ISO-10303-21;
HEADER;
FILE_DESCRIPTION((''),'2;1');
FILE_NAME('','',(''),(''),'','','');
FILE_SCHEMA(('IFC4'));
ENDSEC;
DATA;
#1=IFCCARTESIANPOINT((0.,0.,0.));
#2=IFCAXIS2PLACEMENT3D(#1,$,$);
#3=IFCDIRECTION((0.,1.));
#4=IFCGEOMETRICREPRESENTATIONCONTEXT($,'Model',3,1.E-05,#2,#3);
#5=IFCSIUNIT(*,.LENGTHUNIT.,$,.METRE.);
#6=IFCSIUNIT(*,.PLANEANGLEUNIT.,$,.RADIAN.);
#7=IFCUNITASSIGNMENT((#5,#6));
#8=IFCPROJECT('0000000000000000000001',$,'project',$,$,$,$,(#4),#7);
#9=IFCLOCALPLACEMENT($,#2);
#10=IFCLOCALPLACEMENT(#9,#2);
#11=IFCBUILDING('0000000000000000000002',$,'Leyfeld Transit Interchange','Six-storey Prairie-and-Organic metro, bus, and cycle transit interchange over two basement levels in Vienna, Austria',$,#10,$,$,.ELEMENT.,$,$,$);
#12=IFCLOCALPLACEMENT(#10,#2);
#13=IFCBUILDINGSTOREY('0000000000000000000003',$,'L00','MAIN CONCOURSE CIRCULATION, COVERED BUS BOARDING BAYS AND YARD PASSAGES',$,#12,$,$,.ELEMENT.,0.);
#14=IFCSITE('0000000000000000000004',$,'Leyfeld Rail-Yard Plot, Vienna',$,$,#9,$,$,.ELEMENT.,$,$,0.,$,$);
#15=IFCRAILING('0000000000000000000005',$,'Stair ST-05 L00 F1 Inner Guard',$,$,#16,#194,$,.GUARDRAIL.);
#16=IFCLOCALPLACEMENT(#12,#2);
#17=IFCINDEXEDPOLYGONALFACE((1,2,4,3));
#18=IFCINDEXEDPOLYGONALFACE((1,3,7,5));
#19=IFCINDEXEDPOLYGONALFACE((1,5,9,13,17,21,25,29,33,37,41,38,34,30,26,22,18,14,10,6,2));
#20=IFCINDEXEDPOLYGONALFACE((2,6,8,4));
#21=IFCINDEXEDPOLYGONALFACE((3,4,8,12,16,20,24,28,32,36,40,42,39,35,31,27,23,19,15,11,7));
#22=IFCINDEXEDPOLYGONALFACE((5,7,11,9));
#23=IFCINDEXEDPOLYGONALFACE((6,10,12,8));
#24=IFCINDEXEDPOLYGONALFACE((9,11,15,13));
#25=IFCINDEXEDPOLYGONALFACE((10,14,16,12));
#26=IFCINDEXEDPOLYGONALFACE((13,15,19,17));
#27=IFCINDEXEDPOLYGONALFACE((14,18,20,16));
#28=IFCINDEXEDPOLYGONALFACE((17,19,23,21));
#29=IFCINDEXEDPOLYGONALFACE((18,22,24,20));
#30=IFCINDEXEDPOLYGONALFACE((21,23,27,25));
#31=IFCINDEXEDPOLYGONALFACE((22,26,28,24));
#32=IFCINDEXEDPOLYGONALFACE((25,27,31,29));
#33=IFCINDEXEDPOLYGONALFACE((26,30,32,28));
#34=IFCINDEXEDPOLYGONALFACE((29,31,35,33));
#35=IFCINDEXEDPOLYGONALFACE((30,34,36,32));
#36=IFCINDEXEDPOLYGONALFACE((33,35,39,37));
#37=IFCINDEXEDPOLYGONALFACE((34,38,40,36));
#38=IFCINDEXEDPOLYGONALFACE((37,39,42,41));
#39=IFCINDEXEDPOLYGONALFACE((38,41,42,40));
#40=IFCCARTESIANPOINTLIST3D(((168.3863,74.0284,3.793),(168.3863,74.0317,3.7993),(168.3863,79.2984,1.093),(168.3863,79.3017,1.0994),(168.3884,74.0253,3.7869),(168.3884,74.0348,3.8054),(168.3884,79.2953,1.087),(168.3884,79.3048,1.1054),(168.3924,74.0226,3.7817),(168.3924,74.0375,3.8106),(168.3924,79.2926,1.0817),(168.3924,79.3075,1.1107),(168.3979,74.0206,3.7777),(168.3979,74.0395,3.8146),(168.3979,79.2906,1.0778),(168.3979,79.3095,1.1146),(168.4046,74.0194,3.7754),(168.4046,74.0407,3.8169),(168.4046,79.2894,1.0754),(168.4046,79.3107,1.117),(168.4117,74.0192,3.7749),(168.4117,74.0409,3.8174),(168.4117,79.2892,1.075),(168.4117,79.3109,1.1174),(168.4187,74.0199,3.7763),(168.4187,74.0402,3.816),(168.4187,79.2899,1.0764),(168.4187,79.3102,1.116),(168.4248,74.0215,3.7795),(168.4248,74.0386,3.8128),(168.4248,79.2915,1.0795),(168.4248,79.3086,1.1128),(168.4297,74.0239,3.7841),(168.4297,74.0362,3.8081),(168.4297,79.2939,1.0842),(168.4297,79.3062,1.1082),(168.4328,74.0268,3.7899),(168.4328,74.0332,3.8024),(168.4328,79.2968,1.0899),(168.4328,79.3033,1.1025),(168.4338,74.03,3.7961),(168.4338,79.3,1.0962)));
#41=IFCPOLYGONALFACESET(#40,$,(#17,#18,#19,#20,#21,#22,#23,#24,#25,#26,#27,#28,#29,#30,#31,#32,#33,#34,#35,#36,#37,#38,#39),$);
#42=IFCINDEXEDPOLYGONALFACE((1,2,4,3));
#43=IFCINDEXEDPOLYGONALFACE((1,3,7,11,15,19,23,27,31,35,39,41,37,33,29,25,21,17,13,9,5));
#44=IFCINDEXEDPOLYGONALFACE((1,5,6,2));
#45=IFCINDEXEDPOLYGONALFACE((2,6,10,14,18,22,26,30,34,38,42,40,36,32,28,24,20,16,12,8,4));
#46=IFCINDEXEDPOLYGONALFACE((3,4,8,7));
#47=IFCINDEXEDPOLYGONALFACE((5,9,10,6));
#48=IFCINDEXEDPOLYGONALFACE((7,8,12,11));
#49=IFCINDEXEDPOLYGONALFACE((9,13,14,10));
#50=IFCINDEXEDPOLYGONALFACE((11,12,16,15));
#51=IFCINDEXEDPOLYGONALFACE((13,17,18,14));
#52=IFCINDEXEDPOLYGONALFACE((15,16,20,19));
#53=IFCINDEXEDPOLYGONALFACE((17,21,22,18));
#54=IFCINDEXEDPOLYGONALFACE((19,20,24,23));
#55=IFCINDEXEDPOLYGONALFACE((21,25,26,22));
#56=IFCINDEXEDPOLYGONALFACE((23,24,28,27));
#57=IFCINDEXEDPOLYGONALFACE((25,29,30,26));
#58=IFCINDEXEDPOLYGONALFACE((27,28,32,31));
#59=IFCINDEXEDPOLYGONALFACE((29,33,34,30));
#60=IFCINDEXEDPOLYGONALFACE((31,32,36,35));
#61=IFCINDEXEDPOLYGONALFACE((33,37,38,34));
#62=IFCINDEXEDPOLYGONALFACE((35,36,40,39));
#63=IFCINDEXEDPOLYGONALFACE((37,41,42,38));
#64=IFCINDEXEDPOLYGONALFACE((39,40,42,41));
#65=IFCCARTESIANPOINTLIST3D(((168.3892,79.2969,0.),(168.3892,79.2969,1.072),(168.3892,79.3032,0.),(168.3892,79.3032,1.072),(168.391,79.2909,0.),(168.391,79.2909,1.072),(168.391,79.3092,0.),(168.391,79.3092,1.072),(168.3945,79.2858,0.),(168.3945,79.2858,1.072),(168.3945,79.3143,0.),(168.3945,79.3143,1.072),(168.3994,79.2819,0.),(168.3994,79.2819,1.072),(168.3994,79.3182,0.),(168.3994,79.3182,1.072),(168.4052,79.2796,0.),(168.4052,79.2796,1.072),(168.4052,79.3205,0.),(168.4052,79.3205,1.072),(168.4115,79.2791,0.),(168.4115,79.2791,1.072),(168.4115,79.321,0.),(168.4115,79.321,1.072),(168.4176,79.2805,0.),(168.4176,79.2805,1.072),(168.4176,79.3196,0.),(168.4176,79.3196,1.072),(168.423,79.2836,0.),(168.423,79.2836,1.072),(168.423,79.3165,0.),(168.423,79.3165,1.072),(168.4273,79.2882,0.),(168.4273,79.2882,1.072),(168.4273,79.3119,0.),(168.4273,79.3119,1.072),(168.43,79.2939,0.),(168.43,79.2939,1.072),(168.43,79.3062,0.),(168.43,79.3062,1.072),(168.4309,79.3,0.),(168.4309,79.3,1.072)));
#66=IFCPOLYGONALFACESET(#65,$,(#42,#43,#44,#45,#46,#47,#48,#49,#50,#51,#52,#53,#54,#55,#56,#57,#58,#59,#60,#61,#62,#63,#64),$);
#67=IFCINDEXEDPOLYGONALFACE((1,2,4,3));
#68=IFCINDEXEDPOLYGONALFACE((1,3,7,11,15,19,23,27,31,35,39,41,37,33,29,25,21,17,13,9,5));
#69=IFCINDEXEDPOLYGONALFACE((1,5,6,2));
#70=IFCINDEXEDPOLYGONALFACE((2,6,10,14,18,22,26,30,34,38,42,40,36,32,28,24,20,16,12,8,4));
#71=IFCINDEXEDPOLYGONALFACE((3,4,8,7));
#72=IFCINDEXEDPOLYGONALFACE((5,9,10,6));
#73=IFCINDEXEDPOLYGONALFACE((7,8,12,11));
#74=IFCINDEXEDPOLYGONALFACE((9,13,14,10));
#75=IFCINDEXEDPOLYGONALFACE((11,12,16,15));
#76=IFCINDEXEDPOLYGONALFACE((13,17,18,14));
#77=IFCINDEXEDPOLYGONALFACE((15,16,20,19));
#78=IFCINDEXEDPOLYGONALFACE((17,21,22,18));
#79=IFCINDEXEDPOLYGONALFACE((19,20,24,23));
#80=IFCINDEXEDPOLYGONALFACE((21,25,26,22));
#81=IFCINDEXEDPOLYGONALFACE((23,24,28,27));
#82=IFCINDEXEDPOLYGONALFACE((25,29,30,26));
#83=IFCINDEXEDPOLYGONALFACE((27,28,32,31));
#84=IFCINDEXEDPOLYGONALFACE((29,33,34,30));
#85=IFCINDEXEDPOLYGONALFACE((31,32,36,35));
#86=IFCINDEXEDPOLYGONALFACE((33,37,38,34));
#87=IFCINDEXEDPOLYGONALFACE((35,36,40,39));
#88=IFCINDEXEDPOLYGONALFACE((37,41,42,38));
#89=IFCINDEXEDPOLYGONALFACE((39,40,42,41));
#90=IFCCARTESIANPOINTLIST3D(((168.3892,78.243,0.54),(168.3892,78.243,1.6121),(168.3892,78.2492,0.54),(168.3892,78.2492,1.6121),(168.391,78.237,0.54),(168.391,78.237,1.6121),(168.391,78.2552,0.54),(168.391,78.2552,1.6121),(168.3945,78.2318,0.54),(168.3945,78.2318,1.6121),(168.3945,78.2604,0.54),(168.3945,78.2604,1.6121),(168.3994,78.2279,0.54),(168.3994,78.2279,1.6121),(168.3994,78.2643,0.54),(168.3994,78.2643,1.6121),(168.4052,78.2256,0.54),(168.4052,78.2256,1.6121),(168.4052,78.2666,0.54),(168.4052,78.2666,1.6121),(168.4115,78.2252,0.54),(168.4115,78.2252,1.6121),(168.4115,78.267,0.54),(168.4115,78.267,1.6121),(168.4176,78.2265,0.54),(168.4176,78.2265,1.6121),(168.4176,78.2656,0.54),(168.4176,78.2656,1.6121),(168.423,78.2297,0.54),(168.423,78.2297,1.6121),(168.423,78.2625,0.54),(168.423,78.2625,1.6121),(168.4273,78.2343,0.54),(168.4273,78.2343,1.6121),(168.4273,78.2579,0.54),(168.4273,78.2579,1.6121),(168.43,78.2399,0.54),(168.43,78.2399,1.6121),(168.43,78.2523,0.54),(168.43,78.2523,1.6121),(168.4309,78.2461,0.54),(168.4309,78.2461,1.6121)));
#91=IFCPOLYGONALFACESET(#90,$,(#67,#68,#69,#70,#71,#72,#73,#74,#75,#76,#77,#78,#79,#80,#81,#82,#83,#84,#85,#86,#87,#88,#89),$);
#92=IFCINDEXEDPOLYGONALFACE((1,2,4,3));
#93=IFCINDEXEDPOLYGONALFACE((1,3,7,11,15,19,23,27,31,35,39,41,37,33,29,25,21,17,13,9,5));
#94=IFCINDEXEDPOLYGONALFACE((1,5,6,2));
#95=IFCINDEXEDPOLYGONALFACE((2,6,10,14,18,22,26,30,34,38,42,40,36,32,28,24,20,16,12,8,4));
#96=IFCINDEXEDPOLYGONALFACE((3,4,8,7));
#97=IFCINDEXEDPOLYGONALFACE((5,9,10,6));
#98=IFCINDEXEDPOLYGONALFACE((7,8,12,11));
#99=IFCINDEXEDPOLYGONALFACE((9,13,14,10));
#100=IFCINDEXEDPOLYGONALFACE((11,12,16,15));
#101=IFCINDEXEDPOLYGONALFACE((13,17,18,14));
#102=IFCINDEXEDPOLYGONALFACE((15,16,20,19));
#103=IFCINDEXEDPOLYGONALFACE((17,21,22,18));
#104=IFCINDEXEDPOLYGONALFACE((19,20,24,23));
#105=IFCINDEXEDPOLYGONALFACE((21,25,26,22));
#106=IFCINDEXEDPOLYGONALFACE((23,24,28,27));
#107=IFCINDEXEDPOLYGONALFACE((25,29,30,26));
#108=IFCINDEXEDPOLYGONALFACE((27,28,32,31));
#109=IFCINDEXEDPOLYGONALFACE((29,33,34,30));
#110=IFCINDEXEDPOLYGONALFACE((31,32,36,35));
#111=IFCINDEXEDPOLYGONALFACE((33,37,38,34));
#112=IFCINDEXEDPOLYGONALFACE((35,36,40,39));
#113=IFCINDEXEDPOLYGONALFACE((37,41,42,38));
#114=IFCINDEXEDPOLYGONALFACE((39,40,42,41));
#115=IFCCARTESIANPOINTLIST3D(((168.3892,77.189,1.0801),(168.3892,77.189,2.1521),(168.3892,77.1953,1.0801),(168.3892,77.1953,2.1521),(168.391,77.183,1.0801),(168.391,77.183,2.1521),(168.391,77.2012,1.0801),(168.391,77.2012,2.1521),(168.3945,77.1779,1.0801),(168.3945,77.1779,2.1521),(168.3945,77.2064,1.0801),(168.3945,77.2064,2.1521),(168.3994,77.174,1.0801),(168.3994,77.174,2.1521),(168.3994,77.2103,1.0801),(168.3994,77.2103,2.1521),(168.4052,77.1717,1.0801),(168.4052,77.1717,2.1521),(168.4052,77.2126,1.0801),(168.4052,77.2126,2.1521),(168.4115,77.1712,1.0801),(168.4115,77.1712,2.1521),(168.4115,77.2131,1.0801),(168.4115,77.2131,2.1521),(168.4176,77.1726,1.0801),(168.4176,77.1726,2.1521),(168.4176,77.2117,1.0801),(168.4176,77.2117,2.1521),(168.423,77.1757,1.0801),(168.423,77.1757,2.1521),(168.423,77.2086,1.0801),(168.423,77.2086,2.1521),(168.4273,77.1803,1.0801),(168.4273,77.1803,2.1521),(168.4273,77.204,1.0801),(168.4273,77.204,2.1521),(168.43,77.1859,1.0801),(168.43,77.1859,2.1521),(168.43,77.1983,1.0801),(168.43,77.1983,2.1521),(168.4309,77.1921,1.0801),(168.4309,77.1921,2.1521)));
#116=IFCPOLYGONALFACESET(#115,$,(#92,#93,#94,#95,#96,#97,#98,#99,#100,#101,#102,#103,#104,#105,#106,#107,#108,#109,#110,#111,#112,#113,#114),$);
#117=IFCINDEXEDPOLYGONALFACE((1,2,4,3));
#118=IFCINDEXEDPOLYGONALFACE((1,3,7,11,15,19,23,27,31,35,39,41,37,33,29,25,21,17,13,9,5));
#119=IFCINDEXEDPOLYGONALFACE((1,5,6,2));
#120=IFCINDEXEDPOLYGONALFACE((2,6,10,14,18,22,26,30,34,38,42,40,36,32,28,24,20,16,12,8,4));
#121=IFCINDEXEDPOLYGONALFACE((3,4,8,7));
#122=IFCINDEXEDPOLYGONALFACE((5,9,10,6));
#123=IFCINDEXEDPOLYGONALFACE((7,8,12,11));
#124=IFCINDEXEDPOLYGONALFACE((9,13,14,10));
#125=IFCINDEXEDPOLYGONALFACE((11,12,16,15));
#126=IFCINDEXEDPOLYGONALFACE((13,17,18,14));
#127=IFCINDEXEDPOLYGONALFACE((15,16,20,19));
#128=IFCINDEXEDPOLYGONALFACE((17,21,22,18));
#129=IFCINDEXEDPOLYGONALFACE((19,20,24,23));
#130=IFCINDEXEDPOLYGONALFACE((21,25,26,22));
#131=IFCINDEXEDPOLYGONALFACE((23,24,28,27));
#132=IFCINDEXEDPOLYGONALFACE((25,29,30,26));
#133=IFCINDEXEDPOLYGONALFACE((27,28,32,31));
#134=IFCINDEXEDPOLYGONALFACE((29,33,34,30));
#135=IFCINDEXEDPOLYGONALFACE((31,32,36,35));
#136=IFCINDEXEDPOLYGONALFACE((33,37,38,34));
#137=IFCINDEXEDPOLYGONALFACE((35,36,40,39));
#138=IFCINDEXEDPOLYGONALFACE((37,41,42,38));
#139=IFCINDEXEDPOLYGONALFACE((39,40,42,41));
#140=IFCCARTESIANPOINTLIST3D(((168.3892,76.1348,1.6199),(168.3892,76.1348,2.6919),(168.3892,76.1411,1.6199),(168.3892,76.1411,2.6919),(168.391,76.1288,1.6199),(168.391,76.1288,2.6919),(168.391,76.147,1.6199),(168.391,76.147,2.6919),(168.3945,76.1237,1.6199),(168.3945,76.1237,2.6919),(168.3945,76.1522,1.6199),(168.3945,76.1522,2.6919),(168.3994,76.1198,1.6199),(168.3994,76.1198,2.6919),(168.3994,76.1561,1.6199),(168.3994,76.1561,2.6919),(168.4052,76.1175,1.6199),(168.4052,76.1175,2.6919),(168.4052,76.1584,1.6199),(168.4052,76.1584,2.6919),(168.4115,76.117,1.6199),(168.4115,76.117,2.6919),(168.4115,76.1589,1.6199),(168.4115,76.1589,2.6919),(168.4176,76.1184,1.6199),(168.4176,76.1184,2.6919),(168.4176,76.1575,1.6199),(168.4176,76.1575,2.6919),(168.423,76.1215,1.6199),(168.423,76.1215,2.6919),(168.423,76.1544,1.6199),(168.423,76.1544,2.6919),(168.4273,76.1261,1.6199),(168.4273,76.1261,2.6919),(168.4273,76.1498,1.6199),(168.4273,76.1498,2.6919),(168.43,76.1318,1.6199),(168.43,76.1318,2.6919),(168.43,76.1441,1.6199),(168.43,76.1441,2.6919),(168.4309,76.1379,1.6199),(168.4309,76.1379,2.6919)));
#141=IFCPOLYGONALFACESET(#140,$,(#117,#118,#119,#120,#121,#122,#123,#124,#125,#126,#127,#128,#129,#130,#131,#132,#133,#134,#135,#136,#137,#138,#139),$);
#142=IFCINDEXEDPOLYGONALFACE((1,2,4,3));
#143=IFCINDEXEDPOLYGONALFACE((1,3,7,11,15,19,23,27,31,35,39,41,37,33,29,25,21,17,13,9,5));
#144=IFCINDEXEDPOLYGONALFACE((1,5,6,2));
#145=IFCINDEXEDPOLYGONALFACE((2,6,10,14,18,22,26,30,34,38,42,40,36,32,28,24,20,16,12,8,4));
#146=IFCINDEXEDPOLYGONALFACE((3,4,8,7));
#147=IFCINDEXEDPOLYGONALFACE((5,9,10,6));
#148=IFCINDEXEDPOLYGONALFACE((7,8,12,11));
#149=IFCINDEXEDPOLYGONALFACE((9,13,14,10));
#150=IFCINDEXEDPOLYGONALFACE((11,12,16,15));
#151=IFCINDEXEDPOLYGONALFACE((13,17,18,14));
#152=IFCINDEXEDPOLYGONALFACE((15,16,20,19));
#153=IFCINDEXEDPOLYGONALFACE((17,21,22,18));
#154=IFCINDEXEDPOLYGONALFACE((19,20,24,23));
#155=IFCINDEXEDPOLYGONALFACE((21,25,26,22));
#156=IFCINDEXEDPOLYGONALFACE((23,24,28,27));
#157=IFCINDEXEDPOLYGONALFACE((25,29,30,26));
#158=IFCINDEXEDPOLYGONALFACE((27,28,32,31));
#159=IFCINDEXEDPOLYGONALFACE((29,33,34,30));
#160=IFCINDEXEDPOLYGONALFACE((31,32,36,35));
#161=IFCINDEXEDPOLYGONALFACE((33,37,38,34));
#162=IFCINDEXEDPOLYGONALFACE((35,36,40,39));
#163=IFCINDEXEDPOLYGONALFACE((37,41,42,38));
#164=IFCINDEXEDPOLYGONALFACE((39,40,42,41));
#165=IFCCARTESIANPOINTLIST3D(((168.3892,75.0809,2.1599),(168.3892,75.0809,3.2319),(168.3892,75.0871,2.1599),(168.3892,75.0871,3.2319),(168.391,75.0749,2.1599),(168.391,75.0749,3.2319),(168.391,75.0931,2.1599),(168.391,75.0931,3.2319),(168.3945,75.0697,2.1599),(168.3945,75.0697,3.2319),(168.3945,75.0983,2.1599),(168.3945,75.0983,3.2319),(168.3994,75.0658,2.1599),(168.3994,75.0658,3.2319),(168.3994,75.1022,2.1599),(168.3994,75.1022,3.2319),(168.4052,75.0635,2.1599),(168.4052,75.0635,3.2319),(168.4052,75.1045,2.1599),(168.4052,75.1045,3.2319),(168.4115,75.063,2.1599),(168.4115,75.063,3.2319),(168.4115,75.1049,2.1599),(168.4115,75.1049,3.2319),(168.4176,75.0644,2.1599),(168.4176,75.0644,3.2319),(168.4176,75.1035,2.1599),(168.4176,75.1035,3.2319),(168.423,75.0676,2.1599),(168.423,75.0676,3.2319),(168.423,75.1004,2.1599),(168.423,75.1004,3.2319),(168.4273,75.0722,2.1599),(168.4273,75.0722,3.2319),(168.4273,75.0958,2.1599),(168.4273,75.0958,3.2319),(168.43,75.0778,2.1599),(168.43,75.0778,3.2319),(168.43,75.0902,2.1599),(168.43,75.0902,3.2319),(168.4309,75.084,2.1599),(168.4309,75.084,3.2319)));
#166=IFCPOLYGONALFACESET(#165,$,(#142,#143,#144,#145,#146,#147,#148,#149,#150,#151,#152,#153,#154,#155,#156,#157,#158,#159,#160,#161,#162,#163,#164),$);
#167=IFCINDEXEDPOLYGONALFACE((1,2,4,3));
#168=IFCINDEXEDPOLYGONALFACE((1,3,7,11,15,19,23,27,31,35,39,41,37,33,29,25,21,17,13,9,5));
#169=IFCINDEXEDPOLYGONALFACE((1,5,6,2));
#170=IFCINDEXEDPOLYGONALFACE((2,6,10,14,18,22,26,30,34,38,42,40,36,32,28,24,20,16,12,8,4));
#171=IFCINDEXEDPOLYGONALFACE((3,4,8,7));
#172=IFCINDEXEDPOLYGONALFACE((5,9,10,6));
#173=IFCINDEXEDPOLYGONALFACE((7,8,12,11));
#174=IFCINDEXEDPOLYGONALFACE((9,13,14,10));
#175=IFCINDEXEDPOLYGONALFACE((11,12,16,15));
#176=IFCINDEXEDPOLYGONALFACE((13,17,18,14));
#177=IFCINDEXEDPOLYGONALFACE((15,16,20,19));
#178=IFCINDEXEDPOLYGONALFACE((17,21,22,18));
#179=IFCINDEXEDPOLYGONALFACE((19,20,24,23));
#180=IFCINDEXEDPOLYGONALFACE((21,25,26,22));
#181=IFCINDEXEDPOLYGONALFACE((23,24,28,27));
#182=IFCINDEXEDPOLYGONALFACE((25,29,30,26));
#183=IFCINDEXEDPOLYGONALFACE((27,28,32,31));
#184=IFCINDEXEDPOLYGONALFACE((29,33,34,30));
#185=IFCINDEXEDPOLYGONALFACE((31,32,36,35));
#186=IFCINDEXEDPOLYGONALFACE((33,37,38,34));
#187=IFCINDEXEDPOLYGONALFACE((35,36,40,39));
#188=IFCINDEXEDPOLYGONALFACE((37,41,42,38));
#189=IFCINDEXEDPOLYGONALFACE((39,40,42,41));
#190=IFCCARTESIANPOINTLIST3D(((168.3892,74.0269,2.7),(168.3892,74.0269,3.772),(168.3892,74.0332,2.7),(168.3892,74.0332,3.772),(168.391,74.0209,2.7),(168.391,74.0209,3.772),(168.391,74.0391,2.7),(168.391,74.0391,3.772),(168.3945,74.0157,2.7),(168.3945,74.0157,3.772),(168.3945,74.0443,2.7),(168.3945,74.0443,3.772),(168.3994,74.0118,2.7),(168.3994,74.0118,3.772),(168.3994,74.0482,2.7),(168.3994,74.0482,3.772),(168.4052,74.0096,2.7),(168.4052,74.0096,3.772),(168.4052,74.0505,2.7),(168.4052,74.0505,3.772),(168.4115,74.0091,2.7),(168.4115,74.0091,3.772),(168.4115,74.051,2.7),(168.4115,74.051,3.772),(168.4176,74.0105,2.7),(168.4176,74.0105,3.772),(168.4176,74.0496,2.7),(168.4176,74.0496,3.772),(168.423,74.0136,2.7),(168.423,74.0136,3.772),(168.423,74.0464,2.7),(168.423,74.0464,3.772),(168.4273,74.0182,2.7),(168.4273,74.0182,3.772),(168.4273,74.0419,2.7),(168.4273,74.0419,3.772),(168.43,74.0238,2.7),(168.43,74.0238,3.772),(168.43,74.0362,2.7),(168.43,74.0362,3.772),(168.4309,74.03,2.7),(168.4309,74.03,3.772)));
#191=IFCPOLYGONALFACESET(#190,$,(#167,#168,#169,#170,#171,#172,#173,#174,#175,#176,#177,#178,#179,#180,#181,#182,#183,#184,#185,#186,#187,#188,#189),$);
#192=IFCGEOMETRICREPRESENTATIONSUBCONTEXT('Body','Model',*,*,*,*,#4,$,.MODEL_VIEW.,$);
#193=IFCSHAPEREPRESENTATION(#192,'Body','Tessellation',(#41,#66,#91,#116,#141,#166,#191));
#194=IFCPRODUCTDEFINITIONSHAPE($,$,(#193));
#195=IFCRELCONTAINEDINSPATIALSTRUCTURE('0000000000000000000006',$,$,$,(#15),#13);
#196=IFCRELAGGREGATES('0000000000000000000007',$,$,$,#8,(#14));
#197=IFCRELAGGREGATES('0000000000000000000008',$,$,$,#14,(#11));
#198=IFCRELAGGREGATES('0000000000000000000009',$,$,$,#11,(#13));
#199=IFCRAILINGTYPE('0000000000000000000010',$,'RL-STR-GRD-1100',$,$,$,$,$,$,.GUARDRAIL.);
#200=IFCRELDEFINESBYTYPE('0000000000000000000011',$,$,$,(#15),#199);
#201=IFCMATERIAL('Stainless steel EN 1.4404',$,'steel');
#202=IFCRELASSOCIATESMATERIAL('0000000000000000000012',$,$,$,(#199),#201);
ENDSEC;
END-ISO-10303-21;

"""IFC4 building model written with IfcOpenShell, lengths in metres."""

from ifc_helpers import new_model, si_unit, direction, frame, origin, origin_2d, place, context, subcontext, project, spatial, circle, extrude, material, type_object, element, save


model = new_model("IFC4")

# Units and contexts
model_context = context("Model", 3, precision=1e-05, world=origin(), true_north=direction((0.0, 1.0)))
body_context = subcontext(model_context, "Body", "Model", "MODEL_VIEW")
ifc_project = project(units=[si_unit("LENGTHUNIT", "METRE"), si_unit("PLANEANGLEUNIT", "RADIAN")], contexts=[model_context])

# Site, building, storey
site_placement = place(None, origin())
site = spatial("IfcSite", under=ifc_project, at=site_placement, Name="Leyfeld Rail-Yard Plot, Vienna", CompositionType="ELEMENT", RefElevation=0.0)
building_placement = place(site_placement, origin())
building = spatial("IfcBuilding", under=site, at=building_placement, Name="Leyfeld Transit Interchange", Description="Six-storey Prairie-and-Organic metro, bus, and cycle transit interchange over two basement levels in Vienna, Austria", CompositionType="ELEMENT")
storey_placement = place(building_placement, origin())
storey = spatial("IfcBuildingStorey", under=building, at=storey_placement, Name="L00", Description="MAIN CONCOURSE CIRCULATION, COVERED BUS BOARDING BAYS AND YARD PASSAGES", CompositionType="ELEMENT", Elevation=0.0)

# Railing
ifc_material_1 = material(Name="Stainless steel EN 1.4404", Category="steel")
railing_type_1 = type_object("IfcRailingType", Name="RL-STR-GRD-1100", PredefinedType="GUARDRAIL", material=ifc_material_1)
for number, where, name in (
    (1, (168.4099, 79.3, 0.0), "Stair ST-05 L00 F1 Inner Guard"),
):
    element("IfcRailing", number, at=place(storey_placement, frame(where)), inside=storey, type_object=railing_type_1, Name=name, PredefinedType="GUARDRAIL", context=body_context, shape_type="SweptSolid", body=[
        extrude(circle(Radius=0.0239, at=origin_2d()), frame((0.0, 0.0, 1.0962), z_axis=(0.0, -0.889997, 0.455966), x_axis=(1.0, 0.0, 0.0)), (0.0, 0.0, 1.0), 5.9214),
        extrude(circle(Radius=0.021, at=origin_2d()), origin(), (0.0, 0.0, 1.0), 1.072),
        extrude(circle(Radius=0.021, at=origin_2d()), frame((0.0, -1.054, 0.54)), (0.0, 0.0, 1.0), 1.072),
        extrude(circle(Radius=0.021, at=origin_2d()), frame((0.0, -2.1079, 1.0801)), (0.0, 0.0, 1.0), 1.072),
        extrude(circle(Radius=0.021, at=origin_2d()), frame((0.0, -3.1621, 1.6199)), (0.0, 0.0, 1.0), 1.072),
        extrude(circle(Radius=0.021, at=origin_2d()), frame((0.0, -4.2161, 2.1599)), (0.0, 0.0, 1.0), 1.072),
        extrude(circle(Radius=0.021, at=origin_2d()), frame((0.0, -5.27, 2.7)), (0.0, 0.0, 1.0), 1.072),
    ])

save(model, "model.ifc")
